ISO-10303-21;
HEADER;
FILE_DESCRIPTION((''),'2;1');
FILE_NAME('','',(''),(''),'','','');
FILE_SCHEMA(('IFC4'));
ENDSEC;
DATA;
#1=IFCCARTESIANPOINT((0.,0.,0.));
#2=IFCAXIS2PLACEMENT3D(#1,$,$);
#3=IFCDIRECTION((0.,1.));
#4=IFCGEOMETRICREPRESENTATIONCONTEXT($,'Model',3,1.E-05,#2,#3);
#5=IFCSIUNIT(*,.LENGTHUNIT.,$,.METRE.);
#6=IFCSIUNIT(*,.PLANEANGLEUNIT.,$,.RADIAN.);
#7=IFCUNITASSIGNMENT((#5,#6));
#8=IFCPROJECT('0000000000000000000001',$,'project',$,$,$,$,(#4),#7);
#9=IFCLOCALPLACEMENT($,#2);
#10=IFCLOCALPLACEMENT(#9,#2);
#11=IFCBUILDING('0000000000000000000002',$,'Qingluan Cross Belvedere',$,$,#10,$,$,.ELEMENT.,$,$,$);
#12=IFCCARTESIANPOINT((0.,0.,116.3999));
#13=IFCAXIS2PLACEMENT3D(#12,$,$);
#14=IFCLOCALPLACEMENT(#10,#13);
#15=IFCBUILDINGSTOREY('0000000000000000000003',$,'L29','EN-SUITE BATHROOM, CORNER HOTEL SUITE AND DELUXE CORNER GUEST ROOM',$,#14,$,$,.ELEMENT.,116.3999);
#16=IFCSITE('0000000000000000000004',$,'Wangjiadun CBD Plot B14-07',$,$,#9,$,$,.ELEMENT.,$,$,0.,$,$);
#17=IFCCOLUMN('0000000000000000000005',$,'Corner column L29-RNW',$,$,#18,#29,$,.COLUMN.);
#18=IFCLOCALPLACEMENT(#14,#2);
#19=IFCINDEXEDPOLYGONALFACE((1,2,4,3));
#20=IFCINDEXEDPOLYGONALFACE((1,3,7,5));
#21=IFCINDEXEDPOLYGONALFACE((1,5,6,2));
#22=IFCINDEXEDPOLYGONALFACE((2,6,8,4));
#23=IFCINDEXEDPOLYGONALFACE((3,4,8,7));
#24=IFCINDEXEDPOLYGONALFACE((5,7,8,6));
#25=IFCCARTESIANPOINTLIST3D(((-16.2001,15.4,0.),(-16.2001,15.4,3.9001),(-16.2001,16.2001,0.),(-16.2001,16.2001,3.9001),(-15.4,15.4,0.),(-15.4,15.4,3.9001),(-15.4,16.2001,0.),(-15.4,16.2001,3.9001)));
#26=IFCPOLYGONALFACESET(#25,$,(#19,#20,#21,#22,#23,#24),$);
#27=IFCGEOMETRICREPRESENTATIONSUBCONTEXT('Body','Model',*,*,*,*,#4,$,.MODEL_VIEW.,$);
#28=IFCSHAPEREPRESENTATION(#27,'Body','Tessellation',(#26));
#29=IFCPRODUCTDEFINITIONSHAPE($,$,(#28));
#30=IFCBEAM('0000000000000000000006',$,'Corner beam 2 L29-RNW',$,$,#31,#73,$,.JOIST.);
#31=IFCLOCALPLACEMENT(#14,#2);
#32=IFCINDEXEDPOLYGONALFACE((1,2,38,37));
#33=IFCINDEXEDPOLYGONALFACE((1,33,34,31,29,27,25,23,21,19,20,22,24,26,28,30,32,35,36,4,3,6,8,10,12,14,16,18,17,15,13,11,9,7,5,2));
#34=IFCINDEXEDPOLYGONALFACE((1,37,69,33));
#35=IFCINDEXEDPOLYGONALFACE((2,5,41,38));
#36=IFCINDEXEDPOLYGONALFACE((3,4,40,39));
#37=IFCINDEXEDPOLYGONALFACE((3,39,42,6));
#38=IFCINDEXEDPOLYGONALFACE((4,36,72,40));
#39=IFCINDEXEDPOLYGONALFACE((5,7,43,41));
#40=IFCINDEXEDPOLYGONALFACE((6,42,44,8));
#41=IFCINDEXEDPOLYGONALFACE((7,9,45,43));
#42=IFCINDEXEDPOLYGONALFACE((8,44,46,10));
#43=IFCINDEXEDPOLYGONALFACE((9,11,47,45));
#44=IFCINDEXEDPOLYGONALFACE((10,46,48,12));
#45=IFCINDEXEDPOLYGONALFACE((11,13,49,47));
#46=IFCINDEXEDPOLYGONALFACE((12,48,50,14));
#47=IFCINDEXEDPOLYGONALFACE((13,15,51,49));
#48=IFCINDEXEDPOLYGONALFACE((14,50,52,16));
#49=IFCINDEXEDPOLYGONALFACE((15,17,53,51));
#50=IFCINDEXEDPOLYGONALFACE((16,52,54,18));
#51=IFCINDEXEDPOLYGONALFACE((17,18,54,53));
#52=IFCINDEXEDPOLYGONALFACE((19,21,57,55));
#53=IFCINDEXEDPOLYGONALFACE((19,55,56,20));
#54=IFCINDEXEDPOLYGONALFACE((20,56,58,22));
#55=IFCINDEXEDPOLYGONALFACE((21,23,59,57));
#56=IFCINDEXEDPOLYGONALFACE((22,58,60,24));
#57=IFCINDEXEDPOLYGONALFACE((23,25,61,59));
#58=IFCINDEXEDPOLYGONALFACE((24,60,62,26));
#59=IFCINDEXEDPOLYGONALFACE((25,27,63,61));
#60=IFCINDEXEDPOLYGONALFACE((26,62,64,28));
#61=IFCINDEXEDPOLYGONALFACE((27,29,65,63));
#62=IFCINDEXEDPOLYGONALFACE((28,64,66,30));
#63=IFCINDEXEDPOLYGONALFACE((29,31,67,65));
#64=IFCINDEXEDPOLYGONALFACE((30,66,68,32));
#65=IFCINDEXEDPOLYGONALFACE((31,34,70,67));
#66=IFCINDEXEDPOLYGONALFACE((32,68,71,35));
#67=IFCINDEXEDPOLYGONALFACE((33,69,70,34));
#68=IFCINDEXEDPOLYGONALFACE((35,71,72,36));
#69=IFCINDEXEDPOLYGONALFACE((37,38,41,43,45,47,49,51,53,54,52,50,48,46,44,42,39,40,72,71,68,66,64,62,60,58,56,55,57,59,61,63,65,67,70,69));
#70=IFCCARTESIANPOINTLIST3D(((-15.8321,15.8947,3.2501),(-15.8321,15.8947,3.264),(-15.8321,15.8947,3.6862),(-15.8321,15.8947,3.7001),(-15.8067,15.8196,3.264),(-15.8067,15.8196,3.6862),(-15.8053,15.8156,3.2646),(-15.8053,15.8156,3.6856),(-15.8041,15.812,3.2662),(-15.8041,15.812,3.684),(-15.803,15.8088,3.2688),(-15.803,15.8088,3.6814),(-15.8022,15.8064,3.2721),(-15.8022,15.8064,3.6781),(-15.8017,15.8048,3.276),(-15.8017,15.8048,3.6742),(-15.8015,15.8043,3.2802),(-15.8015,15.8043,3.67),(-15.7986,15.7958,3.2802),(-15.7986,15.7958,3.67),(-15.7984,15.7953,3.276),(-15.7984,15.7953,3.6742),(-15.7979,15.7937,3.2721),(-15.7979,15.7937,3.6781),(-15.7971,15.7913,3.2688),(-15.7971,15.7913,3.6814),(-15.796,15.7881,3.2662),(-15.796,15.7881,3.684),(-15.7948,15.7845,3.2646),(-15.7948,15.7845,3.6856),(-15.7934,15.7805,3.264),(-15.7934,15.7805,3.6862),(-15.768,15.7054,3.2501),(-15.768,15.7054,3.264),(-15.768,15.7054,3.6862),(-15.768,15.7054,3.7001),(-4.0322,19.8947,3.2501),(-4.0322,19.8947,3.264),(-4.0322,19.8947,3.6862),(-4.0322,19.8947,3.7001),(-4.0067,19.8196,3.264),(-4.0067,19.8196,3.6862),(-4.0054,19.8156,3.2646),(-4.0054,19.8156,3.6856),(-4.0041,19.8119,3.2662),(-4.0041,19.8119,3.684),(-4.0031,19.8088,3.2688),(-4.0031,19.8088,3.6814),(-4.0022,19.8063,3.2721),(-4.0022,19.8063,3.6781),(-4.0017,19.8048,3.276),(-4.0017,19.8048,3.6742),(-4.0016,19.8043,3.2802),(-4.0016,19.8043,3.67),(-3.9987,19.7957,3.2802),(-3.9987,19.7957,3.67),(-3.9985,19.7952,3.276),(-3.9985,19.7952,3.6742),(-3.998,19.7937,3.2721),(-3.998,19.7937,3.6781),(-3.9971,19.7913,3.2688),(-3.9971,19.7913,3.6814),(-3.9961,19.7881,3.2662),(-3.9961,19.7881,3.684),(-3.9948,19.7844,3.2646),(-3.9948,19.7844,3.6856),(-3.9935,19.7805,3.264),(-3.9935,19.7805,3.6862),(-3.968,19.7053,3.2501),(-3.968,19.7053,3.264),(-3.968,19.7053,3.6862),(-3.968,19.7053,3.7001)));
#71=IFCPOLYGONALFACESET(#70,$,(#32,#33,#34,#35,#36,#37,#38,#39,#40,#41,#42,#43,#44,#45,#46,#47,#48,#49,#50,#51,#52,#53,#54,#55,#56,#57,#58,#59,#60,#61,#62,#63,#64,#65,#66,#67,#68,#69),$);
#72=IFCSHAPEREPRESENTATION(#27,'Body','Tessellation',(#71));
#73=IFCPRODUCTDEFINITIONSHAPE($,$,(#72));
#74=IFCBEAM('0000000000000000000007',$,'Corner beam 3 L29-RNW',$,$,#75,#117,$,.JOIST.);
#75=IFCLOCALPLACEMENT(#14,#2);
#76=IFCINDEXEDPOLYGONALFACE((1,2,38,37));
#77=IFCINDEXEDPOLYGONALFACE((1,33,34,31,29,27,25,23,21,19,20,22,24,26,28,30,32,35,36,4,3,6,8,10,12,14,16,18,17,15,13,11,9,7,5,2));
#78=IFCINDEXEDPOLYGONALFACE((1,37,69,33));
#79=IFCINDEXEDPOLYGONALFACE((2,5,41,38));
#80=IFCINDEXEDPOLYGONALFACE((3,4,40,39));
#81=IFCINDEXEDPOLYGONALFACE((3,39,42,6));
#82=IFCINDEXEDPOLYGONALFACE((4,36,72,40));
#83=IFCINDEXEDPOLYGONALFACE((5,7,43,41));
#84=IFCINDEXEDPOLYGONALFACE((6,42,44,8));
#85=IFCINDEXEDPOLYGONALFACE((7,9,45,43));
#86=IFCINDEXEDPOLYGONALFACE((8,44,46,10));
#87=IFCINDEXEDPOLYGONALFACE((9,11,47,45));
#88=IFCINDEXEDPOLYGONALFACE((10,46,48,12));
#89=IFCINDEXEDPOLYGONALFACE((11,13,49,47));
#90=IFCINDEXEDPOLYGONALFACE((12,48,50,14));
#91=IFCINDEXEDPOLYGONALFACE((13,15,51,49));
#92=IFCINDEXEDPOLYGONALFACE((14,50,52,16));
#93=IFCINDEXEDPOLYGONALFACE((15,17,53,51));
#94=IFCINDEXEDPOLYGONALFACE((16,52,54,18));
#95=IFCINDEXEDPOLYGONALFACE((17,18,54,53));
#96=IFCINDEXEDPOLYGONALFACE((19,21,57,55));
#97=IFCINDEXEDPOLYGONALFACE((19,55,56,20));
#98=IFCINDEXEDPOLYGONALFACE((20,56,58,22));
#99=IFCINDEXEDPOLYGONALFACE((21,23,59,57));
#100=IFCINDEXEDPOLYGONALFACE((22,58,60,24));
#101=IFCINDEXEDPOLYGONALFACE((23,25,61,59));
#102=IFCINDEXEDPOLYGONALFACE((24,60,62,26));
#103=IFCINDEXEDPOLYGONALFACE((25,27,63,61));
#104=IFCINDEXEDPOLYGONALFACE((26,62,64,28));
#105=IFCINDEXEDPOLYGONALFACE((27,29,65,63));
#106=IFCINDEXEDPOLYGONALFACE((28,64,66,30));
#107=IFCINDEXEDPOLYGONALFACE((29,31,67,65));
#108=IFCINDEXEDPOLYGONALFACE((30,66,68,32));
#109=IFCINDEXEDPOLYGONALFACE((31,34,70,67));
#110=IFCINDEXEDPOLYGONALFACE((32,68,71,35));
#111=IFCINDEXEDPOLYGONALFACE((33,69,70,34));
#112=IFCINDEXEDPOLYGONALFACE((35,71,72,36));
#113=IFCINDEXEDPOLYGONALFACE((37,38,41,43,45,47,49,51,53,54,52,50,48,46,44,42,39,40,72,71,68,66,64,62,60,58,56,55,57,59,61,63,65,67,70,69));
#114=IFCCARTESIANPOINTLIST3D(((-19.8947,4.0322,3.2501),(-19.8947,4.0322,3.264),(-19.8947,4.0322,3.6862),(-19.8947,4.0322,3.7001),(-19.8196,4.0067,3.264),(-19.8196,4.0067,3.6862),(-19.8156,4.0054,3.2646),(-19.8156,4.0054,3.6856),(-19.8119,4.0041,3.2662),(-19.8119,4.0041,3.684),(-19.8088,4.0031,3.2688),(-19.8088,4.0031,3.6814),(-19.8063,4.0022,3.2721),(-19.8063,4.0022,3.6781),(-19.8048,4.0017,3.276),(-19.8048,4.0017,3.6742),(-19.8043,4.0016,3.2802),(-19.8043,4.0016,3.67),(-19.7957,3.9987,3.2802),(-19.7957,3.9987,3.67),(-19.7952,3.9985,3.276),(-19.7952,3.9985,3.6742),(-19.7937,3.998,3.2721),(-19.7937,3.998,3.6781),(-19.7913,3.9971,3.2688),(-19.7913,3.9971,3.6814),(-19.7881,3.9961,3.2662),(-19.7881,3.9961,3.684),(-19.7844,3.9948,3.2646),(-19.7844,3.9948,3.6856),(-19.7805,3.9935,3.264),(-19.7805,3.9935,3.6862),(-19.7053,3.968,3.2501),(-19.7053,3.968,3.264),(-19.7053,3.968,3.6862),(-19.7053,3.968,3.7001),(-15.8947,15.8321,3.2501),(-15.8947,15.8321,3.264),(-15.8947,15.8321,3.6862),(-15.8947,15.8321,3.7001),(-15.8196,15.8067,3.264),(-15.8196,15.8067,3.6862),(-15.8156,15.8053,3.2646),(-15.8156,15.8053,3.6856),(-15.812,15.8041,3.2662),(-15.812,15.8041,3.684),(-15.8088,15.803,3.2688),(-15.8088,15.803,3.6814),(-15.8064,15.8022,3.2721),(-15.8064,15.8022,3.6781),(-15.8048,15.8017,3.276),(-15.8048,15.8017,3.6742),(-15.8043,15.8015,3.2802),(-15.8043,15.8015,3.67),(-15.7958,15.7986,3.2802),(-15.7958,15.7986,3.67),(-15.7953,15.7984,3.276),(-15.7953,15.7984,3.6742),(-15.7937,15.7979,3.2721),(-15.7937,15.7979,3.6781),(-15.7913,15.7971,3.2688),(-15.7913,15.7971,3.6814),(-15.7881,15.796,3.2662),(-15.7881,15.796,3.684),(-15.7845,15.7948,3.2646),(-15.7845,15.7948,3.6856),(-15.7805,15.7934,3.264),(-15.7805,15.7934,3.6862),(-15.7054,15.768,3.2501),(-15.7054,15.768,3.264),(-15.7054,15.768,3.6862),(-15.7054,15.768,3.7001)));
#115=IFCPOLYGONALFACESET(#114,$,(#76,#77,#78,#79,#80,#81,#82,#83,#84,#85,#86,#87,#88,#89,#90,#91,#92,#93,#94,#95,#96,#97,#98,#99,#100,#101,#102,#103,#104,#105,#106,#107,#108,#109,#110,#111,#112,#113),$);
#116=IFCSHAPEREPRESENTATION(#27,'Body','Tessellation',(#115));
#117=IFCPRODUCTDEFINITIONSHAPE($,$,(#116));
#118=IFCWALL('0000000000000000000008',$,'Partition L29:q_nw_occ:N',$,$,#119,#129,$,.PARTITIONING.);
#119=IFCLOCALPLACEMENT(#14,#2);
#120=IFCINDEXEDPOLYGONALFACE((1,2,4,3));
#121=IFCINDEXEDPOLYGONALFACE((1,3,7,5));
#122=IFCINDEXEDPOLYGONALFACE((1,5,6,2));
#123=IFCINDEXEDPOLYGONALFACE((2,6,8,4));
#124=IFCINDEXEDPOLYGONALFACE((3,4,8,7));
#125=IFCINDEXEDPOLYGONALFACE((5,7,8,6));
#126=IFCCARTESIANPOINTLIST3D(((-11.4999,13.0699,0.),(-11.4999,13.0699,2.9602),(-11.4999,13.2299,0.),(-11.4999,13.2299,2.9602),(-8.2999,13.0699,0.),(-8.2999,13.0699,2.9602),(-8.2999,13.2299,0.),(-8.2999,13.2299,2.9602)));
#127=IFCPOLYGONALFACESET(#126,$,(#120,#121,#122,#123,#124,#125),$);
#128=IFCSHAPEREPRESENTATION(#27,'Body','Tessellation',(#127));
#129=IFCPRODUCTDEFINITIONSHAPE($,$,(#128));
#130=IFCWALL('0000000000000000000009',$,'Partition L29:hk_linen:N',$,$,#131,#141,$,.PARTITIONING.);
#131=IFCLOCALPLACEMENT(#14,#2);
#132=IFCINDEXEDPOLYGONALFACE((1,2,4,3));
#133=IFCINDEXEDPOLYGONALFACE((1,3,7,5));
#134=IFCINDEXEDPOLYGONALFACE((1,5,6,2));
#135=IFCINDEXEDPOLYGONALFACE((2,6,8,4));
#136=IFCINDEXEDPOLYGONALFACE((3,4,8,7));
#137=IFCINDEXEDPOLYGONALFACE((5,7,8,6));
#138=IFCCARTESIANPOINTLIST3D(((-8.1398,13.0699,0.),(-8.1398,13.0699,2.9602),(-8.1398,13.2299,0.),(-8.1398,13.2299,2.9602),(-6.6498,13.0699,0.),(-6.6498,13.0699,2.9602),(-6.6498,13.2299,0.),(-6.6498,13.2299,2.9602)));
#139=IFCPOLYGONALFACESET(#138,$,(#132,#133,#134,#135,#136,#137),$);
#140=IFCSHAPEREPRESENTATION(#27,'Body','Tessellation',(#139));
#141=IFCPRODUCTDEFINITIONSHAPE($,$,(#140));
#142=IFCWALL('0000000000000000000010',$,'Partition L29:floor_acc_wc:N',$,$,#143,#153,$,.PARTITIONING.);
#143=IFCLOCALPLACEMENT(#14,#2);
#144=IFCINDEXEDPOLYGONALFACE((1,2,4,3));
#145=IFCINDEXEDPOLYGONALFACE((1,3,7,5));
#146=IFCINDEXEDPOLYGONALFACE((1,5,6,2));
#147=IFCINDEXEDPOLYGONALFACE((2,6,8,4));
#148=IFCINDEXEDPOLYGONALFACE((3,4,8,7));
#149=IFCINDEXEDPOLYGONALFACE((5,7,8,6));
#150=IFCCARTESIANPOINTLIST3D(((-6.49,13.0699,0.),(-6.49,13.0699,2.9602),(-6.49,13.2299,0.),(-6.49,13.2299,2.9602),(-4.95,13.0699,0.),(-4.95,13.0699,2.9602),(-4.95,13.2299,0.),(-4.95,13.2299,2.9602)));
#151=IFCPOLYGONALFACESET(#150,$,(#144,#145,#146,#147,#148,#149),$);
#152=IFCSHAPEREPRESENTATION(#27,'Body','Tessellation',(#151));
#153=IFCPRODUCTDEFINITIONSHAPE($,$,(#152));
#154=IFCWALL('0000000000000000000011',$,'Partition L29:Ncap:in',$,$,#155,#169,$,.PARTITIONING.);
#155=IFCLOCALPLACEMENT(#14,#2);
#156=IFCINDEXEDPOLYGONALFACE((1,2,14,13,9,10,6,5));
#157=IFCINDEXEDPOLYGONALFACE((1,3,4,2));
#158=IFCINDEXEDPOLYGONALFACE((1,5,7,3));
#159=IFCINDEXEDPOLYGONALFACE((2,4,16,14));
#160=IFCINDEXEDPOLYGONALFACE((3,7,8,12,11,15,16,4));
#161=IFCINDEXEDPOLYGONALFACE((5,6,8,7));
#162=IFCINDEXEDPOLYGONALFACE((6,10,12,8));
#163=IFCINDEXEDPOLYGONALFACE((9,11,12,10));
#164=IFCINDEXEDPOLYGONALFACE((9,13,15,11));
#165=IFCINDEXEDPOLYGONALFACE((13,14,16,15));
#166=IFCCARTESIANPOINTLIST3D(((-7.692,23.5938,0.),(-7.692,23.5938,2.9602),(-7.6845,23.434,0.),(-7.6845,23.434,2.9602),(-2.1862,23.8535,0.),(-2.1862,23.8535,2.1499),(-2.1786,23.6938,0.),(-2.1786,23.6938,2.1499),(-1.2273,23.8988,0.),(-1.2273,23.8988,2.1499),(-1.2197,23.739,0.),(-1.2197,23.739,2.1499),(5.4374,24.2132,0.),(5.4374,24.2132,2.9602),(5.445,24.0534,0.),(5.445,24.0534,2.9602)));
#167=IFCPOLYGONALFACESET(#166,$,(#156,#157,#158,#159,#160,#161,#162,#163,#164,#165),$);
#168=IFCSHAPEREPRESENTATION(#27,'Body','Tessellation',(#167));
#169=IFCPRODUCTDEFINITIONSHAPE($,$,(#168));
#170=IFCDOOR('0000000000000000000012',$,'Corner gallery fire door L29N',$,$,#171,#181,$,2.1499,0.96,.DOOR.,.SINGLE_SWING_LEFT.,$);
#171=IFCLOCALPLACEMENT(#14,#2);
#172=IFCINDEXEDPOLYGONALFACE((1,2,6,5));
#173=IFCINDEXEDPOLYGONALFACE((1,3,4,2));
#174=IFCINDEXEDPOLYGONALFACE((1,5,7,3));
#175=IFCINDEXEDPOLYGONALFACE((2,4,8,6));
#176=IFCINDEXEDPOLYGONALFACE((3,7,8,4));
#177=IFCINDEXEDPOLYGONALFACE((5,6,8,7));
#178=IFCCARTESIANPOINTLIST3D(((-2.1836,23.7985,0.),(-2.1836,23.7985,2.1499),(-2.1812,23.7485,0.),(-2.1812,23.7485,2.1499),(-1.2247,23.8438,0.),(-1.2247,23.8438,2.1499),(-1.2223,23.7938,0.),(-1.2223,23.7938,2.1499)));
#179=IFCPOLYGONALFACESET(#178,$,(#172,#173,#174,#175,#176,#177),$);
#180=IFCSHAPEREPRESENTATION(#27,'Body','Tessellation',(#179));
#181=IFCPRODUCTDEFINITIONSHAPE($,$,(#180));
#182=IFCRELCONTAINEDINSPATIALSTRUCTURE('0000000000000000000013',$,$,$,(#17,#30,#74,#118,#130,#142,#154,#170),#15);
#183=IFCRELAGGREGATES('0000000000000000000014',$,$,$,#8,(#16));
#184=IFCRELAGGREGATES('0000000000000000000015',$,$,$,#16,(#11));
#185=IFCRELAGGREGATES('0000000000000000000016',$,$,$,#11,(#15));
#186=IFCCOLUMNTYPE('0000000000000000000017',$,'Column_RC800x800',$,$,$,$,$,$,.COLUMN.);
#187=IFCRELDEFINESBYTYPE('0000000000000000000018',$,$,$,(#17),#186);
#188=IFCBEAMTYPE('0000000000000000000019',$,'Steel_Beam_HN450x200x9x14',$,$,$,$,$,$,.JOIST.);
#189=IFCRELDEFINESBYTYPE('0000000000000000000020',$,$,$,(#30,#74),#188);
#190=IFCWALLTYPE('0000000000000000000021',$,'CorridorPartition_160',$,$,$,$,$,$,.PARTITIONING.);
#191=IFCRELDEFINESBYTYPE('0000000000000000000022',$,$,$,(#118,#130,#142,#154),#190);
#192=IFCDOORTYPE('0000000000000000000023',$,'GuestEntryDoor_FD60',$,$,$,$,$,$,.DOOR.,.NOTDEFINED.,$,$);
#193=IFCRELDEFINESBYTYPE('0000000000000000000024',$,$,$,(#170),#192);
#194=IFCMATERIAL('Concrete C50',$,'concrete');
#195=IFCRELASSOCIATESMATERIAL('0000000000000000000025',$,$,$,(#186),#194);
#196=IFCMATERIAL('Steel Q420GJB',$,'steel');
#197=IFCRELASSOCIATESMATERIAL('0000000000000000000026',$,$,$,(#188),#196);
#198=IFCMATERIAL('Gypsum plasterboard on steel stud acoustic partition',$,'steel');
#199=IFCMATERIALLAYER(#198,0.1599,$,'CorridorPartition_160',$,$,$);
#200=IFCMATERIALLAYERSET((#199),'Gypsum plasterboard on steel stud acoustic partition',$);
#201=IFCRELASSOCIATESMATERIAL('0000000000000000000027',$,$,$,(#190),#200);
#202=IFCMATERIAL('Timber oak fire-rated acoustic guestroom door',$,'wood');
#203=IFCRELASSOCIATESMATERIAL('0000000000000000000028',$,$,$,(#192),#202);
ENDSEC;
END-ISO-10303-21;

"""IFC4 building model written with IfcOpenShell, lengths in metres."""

from ifc_helpers import new_model, si_unit, direction, frame, frame_2d, origin, origin_2d, place, context, subcontext, project, spatial, rectangle, i_section, extrude, material, layer, layer_set, material_profile, profile_set, type_object, element, fill, save


model = new_model("IFC4")

# Units and contexts
model_context = context("Model", 3, precision=1e-05, world=origin(), true_north=direction((0.0, 1.0)))
body_context = subcontext(model_context, "Body", "Model", "MODEL_VIEW")
ifc_project = project(units=[si_unit("LENGTHUNIT", "METRE"), si_unit("PLANEANGLEUNIT", "RADIAN")], contexts=[model_context])

# Site, building, storey
site_placement = place(None, origin())
site = spatial("IfcSite", under=ifc_project, at=site_placement, Name="Wangjiadun CBD Plot B14-07", CompositionType="ELEMENT", RefElevation=0.0)
building_placement = place(site_placement, origin())
building = spatial("IfcBuilding", under=site, at=building_placement, Name="Qingluan Cross Belvedere", CompositionType="ELEMENT")
storey_placement = place(building_placement, frame((0.0, 0.0, 116.3999)))
storey = spatial("IfcBuildingStorey", under=building, at=storey_placement, Name="L29", Description="EN-SUITE BATHROOM, CORNER HOTEL SUITE AND DELUXE CORNER GUEST ROOM", CompositionType="ELEMENT", Elevation=116.3999)

# Column
ifc_material_1 = material(Name="Concrete C50", Category="concrete")
ifc_material_profile_1 = material_profile(ifc_material_1, rectangle(XDim=0.8, YDim=0.8, at=origin_2d()), Name="RC800x800")
ifc_profile_set_1 = profile_set([ifc_material_profile_1], Name="Concrete C50")
column_type = type_object("IfcColumnType", Name="Column_RC800x800", PredefinedType="COLUMN", material=ifc_profile_set_1)
column_placement = place(storey_placement, frame((-15.8, 15.8, 0.0), z_axis=(0.0, 0.0, 1.0), x_axis=(1.0, 0.0, 0.0)))
element("IfcColumn", 1, at=column_placement, inside=storey, type_object=column_type, Name="Corner column L29-RNW", PredefinedType="COLUMN", context=body_context, shape_type="SweptSolid", body=[
    extrude(rectangle(XDim=0.8, YDim=0.8, at=origin_2d()), origin(), (0.0, 0.0, 1.0), 3.9001),
])

# Beams
ifc_material_2 = material(Name="Steel Q420GJB", Category="steel")
ifc_material_profile_2 = material_profile(ifc_material_2, i_section(OverallWidth=0.2, OverallDepth=0.45, WebThickness=0.009, FlangeThickness=0.0139, FilletRadius=0.0161, at=origin_2d()), Name="HN450x200x9x14")
ifc_profile_set_2 = profile_set([ifc_material_profile_2], Name="Steel Q420GJB")
beam_type = type_object("IfcBeamType", Name="Steel_Beam_HN450x200x9x14", PredefinedType="JOIST", material=ifc_profile_set_2)
for number, where, z_axis, x_axis, name in (
    (2, (-15.8, 15.8, 3.4751), (0.947066, 0.321038, 0.0), (-0.321038, 0.947066, 0.0), "Corner beam 2 L29-RNW"),
    (3, (-15.8, 15.8, 3.4751), (-0.321038, -0.947066, 0.0), (0.947066, -0.321038, 0.0), "Corner beam 3 L29-RNW"),
):
    element("IfcBeam", number, at=place(storey_placement, frame(where, z_axis=z_axis, x_axis=x_axis)), inside=storey, type_object=beam_type, Name=name, PredefinedType="JOIST", context=body_context, shape_type="SweptSolid", body=[
        extrude(i_section(OverallWidth=0.2, OverallDepth=0.45, WebThickness=0.009, FlangeThickness=0.0139, FilletRadius=0.0161, at=origin_2d()), origin(), (0.0, 0.0, 1.0), 12.4595),
    ])

# Walls
ifc_material_3 = material(Name="Gypsum plasterboard on steel stud acoustic partition", Category="steel")
ifc_layer_1 = layer(ifc_material_3, 0.1599, Name="CorridorPartition_160")
ifc_layer_set_1 = layer_set([ifc_layer_1], Name="Gypsum plasterboard on steel stud acoustic partition")
wall_type_1 = type_object("IfcWallType", Name="CorridorPartition_160", PredefinedType="PARTITIONING", material=ifc_layer_set_1)
wall_1_placement = place(storey_placement, frame((-11.5, 13.1499, 0.0), z_axis=(0.0, 0.0, 1.0), x_axis=(1.0, 0.0, 0.0)))
element("IfcWall", 4, at=wall_1_placement, inside=storey, type_object=wall_type_1, Name="Partition L29:q_nw_occ:N", PredefinedType="PARTITIONING", context=body_context, shape_type="SweptSolid", body=[
    extrude(rectangle(XDim=3.2, YDim=0.1599, at=frame_2d((1.6001, 0.0))), origin(), (0.0, 0.0, 1.0), 2.9602),
])
wall_2_placement = place(storey_placement, frame((-8.1399, 13.1499, 0.0), z_axis=(0.0, 0.0, 1.0), x_axis=(1.0, 0.0, 0.0)))
element("IfcWall", 5, at=wall_2_placement, inside=storey, type_object=wall_type_1, Name="Partition L29:hk_linen:N", PredefinedType="PARTITIONING", context=body_context, shape_type="SweptSolid", body=[
    extrude(rectangle(XDim=1.49, YDim=0.1599, at=frame_2d((0.7451, 0.0))), origin(), (0.0, 0.0, 1.0), 2.9602),
])
wall_3_placement = place(storey_placement, frame((-6.49, 13.1499, 0.0), z_axis=(0.0, 0.0, 1.0), x_axis=(1.0, 0.0, 0.0)))
element("IfcWall", 6, at=wall_3_placement, inside=storey, type_object=wall_type_1, Name="Partition L29:floor_acc_wc:N", PredefinedType="PARTITIONING", context=body_context, shape_type="SweptSolid", body=[
    extrude(rectangle(XDim=1.54, YDim=0.1599, at=frame_2d((0.77, 0.0))), origin(), (0.0, 0.0, 1.0), 2.9602),
])

# Wall, opening, door
wall_4_placement = place(storey_placement, frame((-7.6882, 23.5139, 0.0), z_axis=(0.0, 0.0, 1.0), x_axis=(0.998889, 0.047123, 0.0)))
wall_4 = element("IfcWall", 7, at=wall_4_placement, inside=storey, type_object=wall_type_1, Name="Partition L29:Ncap:in", PredefinedType="PARTITIONING", context=body_context, shape_type="SweptSolid", body=[
    extrude(rectangle(XDim=13.144, YDim=0.1599, at=frame_2d((6.572, 0.0))), origin(), (0.0, 0.0, 1.0), 2.9602),
])
opening_1_placement = place(wall_4_placement, frame((5.512, 0.0, 0.0)))
opening_1 = element("IfcOpeningElement", 8, at=opening_1_placement, cuts=wall_4, PredefinedType="OPENING", context=body_context, shape_type="SweptSolid", body=[
    extrude(rectangle(XDim=0.96, YDim=2.1499, at=frame_2d((0.48, 1.075))), frame((0.0, 0.0898, 0.0), z_axis=(0.0, -1.0, 0.0), x_axis=(1.0, 0.0, 0.0)), (0.0, 0.0, 1.0), 0.1799),
])
ifc_material_4 = material(Name="Timber oak fire-rated acoustic guestroom door", Category="wood")
door_type_1 = type_object("IfcDoorType", Name="GuestEntryDoor_FD60", OperationType="NOTDEFINED", PredefinedType="DOOR", material=ifc_material_4)
door_1_placement = place(opening_1_placement, origin())
door_1 = element("IfcDoor", 9, at=door_1_placement, inside=storey, type_object=door_type_1, Name="Corner gallery fire door L29N", OperationType="SINGLE_SWING_LEFT", OverallHeight=2.1499, OverallWidth=0.96, PredefinedType="DOOR", context=body_context, shape_type="SweptSolid", body=[
    extrude(rectangle(XDim=0.96, YDim=2.1499, at=frame_2d((0.48, 1.075))), frame((0.0, 0.0249, 0.0), z_axis=(0.0, -1.0, 0.0), x_axis=(1.0, 0.0, 0.0)), (0.0, 0.0, 1.0), 0.05),
])
fill(opening_1, door_1)

save(model, "model.ifc")
